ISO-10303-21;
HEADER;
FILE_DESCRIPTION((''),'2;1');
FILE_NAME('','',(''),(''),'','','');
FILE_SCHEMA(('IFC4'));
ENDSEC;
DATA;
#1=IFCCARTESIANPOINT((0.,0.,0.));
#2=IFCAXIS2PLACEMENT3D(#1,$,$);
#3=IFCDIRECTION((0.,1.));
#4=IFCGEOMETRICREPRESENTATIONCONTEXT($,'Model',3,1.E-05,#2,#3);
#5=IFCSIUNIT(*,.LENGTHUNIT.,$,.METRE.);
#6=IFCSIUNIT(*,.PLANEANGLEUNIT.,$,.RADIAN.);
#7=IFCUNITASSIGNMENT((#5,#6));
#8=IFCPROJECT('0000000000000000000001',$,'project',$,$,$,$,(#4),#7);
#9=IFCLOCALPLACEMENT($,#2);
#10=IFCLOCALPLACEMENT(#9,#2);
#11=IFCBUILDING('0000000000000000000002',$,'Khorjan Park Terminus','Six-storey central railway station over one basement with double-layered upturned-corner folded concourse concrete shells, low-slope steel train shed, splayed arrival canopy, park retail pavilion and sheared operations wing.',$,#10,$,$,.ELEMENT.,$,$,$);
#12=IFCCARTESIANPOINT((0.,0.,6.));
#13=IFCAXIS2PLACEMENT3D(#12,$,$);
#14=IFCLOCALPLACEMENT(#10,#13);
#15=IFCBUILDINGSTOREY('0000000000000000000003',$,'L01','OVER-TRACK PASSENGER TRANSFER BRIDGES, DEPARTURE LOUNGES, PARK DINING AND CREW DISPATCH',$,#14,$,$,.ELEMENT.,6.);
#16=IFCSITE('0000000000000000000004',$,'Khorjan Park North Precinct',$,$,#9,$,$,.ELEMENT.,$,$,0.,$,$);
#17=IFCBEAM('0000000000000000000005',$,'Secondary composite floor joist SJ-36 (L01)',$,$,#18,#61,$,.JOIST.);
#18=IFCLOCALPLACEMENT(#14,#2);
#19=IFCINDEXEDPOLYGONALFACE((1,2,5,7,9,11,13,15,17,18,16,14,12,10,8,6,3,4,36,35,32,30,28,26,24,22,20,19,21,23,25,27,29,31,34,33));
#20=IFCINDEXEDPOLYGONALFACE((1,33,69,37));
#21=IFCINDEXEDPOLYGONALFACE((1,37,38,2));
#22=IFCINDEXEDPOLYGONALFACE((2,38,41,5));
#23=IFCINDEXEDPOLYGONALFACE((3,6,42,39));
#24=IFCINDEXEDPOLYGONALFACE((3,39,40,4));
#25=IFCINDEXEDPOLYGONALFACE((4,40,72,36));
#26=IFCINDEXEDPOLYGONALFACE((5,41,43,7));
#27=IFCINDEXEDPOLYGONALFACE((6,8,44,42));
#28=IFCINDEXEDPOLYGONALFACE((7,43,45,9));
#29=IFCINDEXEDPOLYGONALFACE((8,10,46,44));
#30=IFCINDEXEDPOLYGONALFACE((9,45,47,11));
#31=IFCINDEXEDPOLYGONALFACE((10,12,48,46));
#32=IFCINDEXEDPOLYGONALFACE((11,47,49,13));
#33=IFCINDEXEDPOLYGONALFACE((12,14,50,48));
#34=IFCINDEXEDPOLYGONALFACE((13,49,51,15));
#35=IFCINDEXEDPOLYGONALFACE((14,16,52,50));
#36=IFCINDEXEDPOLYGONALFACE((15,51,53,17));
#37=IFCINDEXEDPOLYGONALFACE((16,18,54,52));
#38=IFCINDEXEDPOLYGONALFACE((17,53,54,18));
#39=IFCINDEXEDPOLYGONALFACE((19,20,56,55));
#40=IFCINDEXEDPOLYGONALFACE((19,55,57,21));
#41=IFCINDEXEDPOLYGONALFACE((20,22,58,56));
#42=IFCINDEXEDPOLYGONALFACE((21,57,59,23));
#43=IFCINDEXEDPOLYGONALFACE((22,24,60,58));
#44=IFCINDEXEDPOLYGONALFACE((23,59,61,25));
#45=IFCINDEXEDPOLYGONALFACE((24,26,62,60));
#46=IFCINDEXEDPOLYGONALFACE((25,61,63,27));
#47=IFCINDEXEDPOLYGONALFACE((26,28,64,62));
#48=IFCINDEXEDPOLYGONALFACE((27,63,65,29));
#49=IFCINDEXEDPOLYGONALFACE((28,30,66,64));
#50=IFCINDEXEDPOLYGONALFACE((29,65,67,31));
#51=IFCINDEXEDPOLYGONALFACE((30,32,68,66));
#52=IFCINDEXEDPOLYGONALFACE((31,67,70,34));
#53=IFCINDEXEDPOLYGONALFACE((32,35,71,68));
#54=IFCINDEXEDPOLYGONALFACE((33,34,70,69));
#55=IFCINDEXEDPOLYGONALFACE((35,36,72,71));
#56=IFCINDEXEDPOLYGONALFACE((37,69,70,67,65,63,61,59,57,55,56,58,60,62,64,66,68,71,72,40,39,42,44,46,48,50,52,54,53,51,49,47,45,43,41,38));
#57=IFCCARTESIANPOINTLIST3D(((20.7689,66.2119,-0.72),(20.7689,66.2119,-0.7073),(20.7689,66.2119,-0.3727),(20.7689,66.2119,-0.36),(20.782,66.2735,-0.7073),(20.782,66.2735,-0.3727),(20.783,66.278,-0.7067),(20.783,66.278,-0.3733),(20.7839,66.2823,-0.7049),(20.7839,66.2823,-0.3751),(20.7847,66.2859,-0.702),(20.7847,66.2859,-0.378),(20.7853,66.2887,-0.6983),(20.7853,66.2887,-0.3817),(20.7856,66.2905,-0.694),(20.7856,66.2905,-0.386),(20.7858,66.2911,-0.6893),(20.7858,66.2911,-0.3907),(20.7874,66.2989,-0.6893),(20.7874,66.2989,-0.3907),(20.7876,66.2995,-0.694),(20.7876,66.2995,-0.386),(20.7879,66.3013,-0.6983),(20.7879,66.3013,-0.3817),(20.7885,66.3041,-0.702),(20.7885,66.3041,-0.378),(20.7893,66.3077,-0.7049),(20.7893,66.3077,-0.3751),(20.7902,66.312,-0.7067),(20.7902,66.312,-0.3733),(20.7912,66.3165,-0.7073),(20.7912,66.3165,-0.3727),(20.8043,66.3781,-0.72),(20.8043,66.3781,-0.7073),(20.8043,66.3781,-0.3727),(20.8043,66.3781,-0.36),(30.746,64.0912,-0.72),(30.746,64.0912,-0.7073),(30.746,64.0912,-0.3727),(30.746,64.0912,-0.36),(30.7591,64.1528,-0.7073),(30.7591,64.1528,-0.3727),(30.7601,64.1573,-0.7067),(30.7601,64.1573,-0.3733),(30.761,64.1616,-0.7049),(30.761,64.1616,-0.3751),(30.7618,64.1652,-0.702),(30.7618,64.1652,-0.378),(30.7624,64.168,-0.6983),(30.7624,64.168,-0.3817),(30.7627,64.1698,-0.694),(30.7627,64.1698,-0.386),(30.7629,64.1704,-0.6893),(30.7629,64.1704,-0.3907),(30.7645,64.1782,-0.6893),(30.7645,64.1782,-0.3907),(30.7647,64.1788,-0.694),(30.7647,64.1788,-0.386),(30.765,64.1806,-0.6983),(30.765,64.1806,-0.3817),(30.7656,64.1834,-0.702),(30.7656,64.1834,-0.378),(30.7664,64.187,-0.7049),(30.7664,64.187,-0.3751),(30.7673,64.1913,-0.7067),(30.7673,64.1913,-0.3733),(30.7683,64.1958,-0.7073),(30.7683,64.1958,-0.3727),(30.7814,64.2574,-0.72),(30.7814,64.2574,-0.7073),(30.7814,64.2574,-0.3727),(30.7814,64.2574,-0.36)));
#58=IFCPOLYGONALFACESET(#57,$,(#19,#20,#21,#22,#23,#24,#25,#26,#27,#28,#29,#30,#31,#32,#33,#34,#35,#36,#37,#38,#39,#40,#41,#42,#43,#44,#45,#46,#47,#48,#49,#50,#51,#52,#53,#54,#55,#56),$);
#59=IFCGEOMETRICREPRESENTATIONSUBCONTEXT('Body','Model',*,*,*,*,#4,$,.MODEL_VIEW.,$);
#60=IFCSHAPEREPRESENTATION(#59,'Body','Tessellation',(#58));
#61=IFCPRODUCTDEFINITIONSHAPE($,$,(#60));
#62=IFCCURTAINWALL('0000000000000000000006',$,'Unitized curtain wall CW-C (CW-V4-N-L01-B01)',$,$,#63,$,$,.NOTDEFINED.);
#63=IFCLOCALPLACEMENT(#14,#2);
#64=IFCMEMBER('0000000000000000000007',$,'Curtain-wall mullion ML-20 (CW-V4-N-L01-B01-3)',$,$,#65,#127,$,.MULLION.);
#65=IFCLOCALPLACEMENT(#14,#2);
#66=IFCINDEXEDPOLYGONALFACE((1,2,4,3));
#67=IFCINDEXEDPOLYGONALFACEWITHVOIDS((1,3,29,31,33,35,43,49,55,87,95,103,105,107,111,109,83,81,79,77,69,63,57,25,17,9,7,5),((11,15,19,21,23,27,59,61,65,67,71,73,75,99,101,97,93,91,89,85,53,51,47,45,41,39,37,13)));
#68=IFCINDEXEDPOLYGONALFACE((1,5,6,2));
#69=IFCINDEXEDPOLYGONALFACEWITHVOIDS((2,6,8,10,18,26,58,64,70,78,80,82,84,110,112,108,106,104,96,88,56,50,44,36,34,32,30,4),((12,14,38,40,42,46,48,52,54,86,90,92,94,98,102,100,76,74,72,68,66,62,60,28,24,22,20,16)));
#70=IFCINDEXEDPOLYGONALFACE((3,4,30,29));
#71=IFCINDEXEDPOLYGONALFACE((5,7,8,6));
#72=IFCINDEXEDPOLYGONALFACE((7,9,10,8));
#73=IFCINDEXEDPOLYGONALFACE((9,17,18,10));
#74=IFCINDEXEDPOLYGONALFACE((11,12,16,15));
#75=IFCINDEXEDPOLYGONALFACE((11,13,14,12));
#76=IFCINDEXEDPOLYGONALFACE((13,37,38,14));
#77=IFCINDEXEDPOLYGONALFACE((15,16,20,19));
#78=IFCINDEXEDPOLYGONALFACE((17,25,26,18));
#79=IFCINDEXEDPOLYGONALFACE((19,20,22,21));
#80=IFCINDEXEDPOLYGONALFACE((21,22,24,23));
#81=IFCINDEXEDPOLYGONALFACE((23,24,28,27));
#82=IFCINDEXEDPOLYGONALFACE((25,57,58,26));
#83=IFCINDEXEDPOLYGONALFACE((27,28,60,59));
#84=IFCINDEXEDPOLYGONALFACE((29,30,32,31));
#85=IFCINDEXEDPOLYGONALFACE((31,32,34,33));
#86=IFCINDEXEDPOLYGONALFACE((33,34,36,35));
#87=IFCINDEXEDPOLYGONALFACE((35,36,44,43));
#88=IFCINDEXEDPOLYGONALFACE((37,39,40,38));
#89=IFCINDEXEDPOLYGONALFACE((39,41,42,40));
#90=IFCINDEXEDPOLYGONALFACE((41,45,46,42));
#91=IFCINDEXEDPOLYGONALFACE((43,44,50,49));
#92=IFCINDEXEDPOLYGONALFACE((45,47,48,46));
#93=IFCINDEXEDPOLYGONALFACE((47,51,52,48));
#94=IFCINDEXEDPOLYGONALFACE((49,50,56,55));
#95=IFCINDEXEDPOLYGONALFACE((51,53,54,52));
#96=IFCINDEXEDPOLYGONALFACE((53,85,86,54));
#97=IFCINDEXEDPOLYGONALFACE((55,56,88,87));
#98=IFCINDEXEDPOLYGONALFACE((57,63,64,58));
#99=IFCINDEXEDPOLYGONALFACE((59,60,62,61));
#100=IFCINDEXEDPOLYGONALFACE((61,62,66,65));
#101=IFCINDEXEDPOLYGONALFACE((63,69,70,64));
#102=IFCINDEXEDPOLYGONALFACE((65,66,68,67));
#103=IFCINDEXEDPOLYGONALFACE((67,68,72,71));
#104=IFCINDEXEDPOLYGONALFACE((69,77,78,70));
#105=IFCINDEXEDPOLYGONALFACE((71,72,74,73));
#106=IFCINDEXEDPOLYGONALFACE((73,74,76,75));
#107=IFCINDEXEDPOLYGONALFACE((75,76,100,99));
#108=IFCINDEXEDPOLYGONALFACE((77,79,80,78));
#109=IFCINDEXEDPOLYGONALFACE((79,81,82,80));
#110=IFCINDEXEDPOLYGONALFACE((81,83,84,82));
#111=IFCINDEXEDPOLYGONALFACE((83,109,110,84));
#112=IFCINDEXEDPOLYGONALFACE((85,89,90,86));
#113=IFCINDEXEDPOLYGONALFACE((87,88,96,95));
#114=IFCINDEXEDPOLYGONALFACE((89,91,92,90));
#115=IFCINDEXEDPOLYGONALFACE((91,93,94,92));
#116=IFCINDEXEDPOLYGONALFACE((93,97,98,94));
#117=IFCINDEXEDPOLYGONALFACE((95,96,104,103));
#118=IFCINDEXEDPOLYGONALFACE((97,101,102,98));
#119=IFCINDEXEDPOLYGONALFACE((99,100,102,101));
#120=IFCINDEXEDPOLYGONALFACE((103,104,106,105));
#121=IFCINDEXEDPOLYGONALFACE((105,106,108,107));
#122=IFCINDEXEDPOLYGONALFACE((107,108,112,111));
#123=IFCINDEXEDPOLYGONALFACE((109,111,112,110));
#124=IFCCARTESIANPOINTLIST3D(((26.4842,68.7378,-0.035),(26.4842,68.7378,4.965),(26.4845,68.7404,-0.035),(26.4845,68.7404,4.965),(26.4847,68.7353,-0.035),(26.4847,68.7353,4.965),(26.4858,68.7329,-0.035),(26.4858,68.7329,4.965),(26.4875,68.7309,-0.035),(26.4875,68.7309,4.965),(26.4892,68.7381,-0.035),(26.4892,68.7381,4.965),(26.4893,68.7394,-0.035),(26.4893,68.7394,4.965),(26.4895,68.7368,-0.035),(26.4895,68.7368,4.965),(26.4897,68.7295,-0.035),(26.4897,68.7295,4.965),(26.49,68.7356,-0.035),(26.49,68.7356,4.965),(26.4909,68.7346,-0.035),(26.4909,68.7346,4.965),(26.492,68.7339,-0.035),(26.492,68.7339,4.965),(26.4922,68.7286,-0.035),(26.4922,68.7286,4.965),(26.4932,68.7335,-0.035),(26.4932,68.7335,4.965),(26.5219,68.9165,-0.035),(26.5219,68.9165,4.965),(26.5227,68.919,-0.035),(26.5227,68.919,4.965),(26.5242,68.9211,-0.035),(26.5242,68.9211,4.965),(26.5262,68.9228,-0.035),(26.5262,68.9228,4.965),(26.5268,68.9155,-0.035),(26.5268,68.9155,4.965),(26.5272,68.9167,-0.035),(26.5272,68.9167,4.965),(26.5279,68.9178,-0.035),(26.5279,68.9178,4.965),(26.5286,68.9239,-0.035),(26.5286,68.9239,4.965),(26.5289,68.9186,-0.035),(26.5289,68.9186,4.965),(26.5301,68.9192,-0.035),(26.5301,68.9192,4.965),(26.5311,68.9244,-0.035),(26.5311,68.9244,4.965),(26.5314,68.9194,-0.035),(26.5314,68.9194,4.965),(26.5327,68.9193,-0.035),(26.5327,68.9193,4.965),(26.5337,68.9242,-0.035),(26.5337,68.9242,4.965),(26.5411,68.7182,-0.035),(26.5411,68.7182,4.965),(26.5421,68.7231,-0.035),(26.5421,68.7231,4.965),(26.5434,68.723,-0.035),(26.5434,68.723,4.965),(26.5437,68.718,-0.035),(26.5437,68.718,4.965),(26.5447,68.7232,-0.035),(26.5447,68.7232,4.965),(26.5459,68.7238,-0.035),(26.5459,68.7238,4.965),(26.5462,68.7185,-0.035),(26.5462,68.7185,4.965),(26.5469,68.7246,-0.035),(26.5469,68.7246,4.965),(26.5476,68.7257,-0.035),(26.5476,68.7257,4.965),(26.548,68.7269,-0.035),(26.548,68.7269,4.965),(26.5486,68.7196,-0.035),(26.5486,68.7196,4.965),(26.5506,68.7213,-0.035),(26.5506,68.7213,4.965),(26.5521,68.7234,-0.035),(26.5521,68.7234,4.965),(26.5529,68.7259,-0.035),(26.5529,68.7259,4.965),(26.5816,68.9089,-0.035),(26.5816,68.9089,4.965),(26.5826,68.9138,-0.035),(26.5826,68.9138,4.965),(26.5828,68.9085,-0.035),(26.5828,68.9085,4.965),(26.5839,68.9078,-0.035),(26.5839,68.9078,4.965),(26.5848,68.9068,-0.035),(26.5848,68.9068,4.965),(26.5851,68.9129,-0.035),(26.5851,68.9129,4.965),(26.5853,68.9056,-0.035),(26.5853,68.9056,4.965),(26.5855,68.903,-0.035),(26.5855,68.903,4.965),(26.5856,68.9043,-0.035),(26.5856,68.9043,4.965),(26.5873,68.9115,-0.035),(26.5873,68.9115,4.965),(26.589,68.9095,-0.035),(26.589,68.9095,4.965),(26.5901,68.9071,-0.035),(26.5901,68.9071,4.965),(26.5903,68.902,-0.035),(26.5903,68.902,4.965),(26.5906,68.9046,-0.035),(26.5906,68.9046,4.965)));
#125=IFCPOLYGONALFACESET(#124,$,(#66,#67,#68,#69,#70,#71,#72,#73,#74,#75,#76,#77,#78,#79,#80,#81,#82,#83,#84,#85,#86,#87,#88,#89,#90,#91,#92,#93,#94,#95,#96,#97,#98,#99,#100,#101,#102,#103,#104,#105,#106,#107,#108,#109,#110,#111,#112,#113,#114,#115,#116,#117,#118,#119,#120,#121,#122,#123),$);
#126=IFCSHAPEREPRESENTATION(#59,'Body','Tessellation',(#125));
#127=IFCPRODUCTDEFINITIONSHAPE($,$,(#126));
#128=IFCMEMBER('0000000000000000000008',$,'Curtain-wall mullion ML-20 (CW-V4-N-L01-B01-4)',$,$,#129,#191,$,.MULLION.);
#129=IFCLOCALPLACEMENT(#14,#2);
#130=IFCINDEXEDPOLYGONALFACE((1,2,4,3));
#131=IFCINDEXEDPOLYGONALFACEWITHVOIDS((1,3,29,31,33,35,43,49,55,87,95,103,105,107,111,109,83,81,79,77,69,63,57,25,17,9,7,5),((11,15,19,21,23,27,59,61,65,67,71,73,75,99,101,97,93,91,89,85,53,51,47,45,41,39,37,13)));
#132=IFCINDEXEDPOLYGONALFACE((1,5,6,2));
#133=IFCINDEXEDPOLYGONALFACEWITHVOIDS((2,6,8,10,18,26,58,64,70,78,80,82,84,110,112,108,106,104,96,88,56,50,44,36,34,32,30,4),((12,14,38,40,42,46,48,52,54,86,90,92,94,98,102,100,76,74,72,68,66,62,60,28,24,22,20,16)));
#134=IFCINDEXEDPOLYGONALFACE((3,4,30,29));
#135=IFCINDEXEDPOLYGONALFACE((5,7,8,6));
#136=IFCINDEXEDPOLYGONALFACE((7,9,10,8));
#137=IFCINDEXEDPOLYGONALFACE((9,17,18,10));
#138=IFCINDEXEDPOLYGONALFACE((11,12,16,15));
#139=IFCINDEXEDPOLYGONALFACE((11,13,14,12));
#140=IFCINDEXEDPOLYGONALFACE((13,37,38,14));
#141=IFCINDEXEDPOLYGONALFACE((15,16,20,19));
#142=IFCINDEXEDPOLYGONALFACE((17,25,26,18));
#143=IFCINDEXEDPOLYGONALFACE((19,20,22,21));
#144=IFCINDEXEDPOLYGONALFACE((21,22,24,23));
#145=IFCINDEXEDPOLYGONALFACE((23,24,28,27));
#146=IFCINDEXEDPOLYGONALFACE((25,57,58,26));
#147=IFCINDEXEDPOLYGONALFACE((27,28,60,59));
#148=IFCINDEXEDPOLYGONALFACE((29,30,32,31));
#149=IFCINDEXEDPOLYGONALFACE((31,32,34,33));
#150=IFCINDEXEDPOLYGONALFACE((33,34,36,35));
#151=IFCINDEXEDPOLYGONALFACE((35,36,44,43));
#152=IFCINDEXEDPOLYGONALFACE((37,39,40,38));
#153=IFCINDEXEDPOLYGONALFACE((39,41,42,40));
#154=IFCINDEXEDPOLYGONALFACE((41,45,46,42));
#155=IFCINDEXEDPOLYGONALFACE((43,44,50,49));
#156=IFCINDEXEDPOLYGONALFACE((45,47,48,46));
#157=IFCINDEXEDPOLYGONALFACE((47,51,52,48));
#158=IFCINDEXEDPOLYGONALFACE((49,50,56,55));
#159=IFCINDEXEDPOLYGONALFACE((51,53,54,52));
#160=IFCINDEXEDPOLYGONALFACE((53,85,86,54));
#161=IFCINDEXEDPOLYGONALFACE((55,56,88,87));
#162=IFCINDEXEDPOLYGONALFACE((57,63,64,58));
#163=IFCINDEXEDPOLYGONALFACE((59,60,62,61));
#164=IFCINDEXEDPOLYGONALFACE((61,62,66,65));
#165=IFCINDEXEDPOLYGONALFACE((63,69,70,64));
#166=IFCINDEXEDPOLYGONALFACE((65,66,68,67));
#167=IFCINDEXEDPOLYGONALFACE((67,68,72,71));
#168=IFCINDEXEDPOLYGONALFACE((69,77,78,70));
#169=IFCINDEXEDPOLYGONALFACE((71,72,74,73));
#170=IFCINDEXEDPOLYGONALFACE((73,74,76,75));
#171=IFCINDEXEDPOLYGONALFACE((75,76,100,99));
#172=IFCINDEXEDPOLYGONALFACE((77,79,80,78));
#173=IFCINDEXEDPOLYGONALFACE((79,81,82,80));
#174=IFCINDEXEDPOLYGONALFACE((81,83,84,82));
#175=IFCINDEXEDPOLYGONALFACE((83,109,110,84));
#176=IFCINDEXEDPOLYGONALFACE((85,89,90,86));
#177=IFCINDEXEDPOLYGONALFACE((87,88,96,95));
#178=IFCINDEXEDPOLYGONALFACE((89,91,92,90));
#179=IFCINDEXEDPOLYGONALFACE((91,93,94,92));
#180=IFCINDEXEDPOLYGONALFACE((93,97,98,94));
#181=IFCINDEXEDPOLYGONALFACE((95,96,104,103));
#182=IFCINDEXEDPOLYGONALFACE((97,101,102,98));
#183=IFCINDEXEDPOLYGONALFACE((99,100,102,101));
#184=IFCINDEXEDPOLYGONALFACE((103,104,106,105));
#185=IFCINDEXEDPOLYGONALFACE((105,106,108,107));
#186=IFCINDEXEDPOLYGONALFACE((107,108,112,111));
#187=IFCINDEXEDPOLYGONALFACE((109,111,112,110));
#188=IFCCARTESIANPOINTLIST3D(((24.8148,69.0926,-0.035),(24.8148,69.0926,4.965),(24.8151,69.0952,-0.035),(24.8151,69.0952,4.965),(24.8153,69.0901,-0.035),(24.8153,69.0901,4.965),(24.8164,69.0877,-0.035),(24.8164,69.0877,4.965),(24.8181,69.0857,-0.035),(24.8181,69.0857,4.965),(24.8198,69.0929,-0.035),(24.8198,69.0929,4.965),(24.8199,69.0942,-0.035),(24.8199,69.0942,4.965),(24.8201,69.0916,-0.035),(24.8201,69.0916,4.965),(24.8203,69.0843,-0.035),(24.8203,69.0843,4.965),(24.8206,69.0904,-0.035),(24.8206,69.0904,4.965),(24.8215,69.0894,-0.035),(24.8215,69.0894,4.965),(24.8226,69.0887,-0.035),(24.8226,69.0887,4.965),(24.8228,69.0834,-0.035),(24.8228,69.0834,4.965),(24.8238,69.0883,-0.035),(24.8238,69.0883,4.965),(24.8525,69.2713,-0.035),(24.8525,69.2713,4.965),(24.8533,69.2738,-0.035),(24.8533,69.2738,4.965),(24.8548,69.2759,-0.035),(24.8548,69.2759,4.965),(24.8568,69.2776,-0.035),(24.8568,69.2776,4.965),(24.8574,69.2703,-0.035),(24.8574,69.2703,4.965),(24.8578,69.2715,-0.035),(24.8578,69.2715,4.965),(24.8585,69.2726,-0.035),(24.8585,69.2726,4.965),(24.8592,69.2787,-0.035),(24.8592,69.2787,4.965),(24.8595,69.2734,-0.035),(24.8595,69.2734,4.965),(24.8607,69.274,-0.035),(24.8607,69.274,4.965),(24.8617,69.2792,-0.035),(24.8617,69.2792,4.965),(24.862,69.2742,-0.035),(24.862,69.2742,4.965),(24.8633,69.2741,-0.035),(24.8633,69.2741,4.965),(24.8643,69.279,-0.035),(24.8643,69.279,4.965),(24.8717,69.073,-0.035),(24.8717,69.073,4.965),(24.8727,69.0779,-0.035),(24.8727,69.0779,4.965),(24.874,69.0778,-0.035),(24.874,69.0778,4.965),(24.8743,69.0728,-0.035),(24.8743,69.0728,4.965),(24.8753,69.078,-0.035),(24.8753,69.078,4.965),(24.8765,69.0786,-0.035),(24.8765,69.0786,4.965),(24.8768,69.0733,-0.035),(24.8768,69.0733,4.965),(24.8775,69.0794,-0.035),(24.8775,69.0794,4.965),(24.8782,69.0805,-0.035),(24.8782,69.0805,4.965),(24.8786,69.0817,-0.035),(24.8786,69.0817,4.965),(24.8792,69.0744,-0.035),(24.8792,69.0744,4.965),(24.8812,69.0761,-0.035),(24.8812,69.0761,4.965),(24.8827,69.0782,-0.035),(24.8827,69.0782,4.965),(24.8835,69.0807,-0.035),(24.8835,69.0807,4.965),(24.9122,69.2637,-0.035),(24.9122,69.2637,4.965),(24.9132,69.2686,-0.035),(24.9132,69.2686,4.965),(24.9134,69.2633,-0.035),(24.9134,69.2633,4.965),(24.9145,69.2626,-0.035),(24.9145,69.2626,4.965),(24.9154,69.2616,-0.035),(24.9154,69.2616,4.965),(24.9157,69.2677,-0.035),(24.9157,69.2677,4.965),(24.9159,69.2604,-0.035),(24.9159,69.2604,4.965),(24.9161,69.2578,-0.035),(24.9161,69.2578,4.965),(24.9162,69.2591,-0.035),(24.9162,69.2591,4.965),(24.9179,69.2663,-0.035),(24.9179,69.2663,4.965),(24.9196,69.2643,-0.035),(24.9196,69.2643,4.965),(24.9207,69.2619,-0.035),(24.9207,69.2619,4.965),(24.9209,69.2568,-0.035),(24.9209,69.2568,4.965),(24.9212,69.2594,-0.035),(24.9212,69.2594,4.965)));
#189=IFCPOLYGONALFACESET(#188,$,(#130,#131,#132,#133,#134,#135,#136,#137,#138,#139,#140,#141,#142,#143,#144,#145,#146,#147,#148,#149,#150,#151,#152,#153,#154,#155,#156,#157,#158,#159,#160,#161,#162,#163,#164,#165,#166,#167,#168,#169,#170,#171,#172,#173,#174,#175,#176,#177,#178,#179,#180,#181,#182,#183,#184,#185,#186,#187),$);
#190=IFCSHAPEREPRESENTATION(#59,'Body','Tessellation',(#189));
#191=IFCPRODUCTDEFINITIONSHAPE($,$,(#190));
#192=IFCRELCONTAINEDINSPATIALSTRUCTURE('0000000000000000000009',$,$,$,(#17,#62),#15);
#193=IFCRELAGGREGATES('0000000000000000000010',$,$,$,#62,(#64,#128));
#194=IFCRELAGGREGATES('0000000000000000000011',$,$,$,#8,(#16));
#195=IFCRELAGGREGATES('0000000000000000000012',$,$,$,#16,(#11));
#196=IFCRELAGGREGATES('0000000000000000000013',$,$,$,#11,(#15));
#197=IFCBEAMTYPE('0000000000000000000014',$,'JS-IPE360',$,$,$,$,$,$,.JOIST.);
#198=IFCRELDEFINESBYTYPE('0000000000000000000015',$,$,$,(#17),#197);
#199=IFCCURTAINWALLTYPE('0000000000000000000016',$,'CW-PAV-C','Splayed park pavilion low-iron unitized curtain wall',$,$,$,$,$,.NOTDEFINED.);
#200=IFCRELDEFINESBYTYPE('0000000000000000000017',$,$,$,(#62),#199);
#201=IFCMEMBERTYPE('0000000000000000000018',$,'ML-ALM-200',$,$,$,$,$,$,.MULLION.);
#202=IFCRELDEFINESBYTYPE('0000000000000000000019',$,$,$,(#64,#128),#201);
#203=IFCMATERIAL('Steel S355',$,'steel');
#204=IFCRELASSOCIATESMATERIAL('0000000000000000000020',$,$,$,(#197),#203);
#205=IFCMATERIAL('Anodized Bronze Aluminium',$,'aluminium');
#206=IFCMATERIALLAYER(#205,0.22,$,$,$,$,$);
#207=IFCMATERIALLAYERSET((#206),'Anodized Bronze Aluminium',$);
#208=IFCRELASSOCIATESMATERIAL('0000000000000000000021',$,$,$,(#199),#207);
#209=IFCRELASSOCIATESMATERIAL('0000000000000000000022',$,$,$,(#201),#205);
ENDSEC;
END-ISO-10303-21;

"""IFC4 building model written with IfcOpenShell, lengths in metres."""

from ifc_helpers import new_model, si_unit, direction, frame, origin, origin_2d, place, context, subcontext, project, spatial, hollow_rectangle, i_section, extrude, material, layer, layer_set, material_profile, profile_set, type_object, element, aggregate, save


model = new_model("IFC4")

# Units and contexts
model_context = context("Model", 3, precision=1e-05, world=origin(), true_north=direction((0.0, 1.0)))
body_context = subcontext(model_context, "Body", "Model", "MODEL_VIEW")
ifc_project = project(units=[si_unit("LENGTHUNIT", "METRE"), si_unit("PLANEANGLEUNIT", "RADIAN")], contexts=[model_context])

# Site, building, storey
site_placement = place(None, origin())
site = spatial("IfcSite", under=ifc_project, at=site_placement, Name="Khorjan Park North Precinct", CompositionType="ELEMENT", RefElevation=0.0)
building_placement = place(site_placement, origin())
building = spatial("IfcBuilding", under=site, at=building_placement, Name="Khorjan Park Terminus", Description="Six-storey central railway station over one basement with double-layered upturned-corner folded concourse concrete shells, low-slope steel train shed, splayed arrival canopy, park retail pavilion and sheared operations wing.", CompositionType="ELEMENT")
storey_placement = place(building_placement, frame((0.0, 0.0, 6.0)))
storey = spatial("IfcBuildingStorey", under=building, at=storey_placement, Name="L01", Description="OVER-TRACK PASSENGER TRANSFER BRIDGES, DEPARTURE LOUNGES, PARK DINING AND CREW DISPATCH", CompositionType="ELEMENT", Elevation=6.0)

# Shared definitions
ifc_material_1 = material(Name="Steel S355", Category="steel")

# Beam
ifc_material_profile_1 = material_profile(ifc_material_1, i_section(OverallWidth=0.17, OverallDepth=0.36, WebThickness=0.008, FlangeThickness=0.0127, FilletRadius=0.018, at=origin_2d()), Name="IPE 360")
ifc_profile_set_1 = profile_set([ifc_material_profile_1], Name="Steel S355")
beam_type_1 = type_object("IfcBeamType", Name="JS-IPE360", PredefinedType="JOIST", material=ifc_profile_set_1)
beam_1_placement = place(storey_placement, frame((20.7866, 66.295, -0.54), z_axis=(0.978148, -0.207912, 0.0), x_axis=(0.207912, 0.978148, 0.0)))
element("IfcBeam", 1, at=beam_1_placement, inside=storey, type_object=beam_type_1, Name="Secondary composite floor joist SJ-36 (L01)", PredefinedType="JOIST", context=body_context, shape_type="SweptSolid", body=[
    extrude(i_section(OverallWidth=0.17, OverallDepth=0.36, WebThickness=0.008, FlangeThickness=0.0127, FilletRadius=0.018, at=origin_2d()), origin(), (0.0, 0.0, 1.0), 10.2),
])

# Curtain wall, members
ifc_material_2 = material(Name="Anodized Bronze Aluminium", Category="aluminium")
ifc_layer_1 = layer(ifc_material_2, 0.22)
ifc_layer_set_1 = layer_set([ifc_layer_1], Name="Anodized Bronze Aluminium")
curtain_wall_type = type_object("IfcCurtainWallType", Name="CW-PAV-C", Description="Splayed park pavilion low-iron unitized curtain wall", PredefinedType="NOTDEFINED", material=ifc_layer_set_1)
curtain_wall_placement = place(storey_placement, origin())
curtain_wall = element("IfcCurtainWall", 2, at=curtain_wall_placement, inside=storey, type_object=curtain_wall_type, Name="Unitized curtain wall CW-C (CW-V4-N-L01-B01)", PredefinedType="NOTDEFINED")
ifc_material_profile_2 = material_profile(ifc_material_2, hollow_rectangle(XDim=0.07, YDim=0.2, WallThickness=0.005, InnerFilletRadius=0.005, OuterFilletRadius=0.01, at=origin_2d()), Name="ALM 70x200x5")
ifc_profile_set_2 = profile_set([ifc_material_profile_2], Name="Anodized Bronze Aluminium")
member_type_1 = type_object("IfcMemberType", Name="ML-ALM-200", PredefinedType="MULLION", material=ifc_profile_set_2)
member_1_placement = place(storey_placement, frame((26.5374, 68.8212, -0.035), z_axis=(0.0, 0.0, 1.0), x_axis=(-0.97815, 0.207901, 0.0)))
member_1 = element("IfcMember", 3, at=member_1_placement, type_object=member_type_1, Name="Curtain-wall mullion ML-20 (CW-V4-N-L01-B01-3)", PredefinedType="MULLION", context=body_context, shape_type="SweptSolid", body=[
    extrude(hollow_rectangle(XDim=0.07, YDim=0.2, WallThickness=0.005, InnerFilletRadius=0.005, OuterFilletRadius=0.01, at=origin_2d()), origin(), (0.0, 0.0, 1.0), 5.0),
])
member_2_placement = place(storey_placement, frame((24.868, 69.176, -0.035), z_axis=(0.0, 0.0, 1.0), x_axis=(-0.97815, 0.207901, 0.0)))
member_2 = element("IfcMember", 4, at=member_2_placement, type_object=member_type_1, Name="Curtain-wall mullion ML-20 (CW-V4-N-L01-B01-4)", PredefinedType="MULLION", context=body_context, shape_type="SweptSolid", body=[
    extrude(hollow_rectangle(XDim=0.07, YDim=0.2, WallThickness=0.005, InnerFilletRadius=0.005, OuterFilletRadius=0.01, at=origin_2d()), origin(), (0.0, 0.0, 1.0), 5.0),
])
aggregate(curtain_wall, [member_1, member_2])

save(model, "model.ifc")
